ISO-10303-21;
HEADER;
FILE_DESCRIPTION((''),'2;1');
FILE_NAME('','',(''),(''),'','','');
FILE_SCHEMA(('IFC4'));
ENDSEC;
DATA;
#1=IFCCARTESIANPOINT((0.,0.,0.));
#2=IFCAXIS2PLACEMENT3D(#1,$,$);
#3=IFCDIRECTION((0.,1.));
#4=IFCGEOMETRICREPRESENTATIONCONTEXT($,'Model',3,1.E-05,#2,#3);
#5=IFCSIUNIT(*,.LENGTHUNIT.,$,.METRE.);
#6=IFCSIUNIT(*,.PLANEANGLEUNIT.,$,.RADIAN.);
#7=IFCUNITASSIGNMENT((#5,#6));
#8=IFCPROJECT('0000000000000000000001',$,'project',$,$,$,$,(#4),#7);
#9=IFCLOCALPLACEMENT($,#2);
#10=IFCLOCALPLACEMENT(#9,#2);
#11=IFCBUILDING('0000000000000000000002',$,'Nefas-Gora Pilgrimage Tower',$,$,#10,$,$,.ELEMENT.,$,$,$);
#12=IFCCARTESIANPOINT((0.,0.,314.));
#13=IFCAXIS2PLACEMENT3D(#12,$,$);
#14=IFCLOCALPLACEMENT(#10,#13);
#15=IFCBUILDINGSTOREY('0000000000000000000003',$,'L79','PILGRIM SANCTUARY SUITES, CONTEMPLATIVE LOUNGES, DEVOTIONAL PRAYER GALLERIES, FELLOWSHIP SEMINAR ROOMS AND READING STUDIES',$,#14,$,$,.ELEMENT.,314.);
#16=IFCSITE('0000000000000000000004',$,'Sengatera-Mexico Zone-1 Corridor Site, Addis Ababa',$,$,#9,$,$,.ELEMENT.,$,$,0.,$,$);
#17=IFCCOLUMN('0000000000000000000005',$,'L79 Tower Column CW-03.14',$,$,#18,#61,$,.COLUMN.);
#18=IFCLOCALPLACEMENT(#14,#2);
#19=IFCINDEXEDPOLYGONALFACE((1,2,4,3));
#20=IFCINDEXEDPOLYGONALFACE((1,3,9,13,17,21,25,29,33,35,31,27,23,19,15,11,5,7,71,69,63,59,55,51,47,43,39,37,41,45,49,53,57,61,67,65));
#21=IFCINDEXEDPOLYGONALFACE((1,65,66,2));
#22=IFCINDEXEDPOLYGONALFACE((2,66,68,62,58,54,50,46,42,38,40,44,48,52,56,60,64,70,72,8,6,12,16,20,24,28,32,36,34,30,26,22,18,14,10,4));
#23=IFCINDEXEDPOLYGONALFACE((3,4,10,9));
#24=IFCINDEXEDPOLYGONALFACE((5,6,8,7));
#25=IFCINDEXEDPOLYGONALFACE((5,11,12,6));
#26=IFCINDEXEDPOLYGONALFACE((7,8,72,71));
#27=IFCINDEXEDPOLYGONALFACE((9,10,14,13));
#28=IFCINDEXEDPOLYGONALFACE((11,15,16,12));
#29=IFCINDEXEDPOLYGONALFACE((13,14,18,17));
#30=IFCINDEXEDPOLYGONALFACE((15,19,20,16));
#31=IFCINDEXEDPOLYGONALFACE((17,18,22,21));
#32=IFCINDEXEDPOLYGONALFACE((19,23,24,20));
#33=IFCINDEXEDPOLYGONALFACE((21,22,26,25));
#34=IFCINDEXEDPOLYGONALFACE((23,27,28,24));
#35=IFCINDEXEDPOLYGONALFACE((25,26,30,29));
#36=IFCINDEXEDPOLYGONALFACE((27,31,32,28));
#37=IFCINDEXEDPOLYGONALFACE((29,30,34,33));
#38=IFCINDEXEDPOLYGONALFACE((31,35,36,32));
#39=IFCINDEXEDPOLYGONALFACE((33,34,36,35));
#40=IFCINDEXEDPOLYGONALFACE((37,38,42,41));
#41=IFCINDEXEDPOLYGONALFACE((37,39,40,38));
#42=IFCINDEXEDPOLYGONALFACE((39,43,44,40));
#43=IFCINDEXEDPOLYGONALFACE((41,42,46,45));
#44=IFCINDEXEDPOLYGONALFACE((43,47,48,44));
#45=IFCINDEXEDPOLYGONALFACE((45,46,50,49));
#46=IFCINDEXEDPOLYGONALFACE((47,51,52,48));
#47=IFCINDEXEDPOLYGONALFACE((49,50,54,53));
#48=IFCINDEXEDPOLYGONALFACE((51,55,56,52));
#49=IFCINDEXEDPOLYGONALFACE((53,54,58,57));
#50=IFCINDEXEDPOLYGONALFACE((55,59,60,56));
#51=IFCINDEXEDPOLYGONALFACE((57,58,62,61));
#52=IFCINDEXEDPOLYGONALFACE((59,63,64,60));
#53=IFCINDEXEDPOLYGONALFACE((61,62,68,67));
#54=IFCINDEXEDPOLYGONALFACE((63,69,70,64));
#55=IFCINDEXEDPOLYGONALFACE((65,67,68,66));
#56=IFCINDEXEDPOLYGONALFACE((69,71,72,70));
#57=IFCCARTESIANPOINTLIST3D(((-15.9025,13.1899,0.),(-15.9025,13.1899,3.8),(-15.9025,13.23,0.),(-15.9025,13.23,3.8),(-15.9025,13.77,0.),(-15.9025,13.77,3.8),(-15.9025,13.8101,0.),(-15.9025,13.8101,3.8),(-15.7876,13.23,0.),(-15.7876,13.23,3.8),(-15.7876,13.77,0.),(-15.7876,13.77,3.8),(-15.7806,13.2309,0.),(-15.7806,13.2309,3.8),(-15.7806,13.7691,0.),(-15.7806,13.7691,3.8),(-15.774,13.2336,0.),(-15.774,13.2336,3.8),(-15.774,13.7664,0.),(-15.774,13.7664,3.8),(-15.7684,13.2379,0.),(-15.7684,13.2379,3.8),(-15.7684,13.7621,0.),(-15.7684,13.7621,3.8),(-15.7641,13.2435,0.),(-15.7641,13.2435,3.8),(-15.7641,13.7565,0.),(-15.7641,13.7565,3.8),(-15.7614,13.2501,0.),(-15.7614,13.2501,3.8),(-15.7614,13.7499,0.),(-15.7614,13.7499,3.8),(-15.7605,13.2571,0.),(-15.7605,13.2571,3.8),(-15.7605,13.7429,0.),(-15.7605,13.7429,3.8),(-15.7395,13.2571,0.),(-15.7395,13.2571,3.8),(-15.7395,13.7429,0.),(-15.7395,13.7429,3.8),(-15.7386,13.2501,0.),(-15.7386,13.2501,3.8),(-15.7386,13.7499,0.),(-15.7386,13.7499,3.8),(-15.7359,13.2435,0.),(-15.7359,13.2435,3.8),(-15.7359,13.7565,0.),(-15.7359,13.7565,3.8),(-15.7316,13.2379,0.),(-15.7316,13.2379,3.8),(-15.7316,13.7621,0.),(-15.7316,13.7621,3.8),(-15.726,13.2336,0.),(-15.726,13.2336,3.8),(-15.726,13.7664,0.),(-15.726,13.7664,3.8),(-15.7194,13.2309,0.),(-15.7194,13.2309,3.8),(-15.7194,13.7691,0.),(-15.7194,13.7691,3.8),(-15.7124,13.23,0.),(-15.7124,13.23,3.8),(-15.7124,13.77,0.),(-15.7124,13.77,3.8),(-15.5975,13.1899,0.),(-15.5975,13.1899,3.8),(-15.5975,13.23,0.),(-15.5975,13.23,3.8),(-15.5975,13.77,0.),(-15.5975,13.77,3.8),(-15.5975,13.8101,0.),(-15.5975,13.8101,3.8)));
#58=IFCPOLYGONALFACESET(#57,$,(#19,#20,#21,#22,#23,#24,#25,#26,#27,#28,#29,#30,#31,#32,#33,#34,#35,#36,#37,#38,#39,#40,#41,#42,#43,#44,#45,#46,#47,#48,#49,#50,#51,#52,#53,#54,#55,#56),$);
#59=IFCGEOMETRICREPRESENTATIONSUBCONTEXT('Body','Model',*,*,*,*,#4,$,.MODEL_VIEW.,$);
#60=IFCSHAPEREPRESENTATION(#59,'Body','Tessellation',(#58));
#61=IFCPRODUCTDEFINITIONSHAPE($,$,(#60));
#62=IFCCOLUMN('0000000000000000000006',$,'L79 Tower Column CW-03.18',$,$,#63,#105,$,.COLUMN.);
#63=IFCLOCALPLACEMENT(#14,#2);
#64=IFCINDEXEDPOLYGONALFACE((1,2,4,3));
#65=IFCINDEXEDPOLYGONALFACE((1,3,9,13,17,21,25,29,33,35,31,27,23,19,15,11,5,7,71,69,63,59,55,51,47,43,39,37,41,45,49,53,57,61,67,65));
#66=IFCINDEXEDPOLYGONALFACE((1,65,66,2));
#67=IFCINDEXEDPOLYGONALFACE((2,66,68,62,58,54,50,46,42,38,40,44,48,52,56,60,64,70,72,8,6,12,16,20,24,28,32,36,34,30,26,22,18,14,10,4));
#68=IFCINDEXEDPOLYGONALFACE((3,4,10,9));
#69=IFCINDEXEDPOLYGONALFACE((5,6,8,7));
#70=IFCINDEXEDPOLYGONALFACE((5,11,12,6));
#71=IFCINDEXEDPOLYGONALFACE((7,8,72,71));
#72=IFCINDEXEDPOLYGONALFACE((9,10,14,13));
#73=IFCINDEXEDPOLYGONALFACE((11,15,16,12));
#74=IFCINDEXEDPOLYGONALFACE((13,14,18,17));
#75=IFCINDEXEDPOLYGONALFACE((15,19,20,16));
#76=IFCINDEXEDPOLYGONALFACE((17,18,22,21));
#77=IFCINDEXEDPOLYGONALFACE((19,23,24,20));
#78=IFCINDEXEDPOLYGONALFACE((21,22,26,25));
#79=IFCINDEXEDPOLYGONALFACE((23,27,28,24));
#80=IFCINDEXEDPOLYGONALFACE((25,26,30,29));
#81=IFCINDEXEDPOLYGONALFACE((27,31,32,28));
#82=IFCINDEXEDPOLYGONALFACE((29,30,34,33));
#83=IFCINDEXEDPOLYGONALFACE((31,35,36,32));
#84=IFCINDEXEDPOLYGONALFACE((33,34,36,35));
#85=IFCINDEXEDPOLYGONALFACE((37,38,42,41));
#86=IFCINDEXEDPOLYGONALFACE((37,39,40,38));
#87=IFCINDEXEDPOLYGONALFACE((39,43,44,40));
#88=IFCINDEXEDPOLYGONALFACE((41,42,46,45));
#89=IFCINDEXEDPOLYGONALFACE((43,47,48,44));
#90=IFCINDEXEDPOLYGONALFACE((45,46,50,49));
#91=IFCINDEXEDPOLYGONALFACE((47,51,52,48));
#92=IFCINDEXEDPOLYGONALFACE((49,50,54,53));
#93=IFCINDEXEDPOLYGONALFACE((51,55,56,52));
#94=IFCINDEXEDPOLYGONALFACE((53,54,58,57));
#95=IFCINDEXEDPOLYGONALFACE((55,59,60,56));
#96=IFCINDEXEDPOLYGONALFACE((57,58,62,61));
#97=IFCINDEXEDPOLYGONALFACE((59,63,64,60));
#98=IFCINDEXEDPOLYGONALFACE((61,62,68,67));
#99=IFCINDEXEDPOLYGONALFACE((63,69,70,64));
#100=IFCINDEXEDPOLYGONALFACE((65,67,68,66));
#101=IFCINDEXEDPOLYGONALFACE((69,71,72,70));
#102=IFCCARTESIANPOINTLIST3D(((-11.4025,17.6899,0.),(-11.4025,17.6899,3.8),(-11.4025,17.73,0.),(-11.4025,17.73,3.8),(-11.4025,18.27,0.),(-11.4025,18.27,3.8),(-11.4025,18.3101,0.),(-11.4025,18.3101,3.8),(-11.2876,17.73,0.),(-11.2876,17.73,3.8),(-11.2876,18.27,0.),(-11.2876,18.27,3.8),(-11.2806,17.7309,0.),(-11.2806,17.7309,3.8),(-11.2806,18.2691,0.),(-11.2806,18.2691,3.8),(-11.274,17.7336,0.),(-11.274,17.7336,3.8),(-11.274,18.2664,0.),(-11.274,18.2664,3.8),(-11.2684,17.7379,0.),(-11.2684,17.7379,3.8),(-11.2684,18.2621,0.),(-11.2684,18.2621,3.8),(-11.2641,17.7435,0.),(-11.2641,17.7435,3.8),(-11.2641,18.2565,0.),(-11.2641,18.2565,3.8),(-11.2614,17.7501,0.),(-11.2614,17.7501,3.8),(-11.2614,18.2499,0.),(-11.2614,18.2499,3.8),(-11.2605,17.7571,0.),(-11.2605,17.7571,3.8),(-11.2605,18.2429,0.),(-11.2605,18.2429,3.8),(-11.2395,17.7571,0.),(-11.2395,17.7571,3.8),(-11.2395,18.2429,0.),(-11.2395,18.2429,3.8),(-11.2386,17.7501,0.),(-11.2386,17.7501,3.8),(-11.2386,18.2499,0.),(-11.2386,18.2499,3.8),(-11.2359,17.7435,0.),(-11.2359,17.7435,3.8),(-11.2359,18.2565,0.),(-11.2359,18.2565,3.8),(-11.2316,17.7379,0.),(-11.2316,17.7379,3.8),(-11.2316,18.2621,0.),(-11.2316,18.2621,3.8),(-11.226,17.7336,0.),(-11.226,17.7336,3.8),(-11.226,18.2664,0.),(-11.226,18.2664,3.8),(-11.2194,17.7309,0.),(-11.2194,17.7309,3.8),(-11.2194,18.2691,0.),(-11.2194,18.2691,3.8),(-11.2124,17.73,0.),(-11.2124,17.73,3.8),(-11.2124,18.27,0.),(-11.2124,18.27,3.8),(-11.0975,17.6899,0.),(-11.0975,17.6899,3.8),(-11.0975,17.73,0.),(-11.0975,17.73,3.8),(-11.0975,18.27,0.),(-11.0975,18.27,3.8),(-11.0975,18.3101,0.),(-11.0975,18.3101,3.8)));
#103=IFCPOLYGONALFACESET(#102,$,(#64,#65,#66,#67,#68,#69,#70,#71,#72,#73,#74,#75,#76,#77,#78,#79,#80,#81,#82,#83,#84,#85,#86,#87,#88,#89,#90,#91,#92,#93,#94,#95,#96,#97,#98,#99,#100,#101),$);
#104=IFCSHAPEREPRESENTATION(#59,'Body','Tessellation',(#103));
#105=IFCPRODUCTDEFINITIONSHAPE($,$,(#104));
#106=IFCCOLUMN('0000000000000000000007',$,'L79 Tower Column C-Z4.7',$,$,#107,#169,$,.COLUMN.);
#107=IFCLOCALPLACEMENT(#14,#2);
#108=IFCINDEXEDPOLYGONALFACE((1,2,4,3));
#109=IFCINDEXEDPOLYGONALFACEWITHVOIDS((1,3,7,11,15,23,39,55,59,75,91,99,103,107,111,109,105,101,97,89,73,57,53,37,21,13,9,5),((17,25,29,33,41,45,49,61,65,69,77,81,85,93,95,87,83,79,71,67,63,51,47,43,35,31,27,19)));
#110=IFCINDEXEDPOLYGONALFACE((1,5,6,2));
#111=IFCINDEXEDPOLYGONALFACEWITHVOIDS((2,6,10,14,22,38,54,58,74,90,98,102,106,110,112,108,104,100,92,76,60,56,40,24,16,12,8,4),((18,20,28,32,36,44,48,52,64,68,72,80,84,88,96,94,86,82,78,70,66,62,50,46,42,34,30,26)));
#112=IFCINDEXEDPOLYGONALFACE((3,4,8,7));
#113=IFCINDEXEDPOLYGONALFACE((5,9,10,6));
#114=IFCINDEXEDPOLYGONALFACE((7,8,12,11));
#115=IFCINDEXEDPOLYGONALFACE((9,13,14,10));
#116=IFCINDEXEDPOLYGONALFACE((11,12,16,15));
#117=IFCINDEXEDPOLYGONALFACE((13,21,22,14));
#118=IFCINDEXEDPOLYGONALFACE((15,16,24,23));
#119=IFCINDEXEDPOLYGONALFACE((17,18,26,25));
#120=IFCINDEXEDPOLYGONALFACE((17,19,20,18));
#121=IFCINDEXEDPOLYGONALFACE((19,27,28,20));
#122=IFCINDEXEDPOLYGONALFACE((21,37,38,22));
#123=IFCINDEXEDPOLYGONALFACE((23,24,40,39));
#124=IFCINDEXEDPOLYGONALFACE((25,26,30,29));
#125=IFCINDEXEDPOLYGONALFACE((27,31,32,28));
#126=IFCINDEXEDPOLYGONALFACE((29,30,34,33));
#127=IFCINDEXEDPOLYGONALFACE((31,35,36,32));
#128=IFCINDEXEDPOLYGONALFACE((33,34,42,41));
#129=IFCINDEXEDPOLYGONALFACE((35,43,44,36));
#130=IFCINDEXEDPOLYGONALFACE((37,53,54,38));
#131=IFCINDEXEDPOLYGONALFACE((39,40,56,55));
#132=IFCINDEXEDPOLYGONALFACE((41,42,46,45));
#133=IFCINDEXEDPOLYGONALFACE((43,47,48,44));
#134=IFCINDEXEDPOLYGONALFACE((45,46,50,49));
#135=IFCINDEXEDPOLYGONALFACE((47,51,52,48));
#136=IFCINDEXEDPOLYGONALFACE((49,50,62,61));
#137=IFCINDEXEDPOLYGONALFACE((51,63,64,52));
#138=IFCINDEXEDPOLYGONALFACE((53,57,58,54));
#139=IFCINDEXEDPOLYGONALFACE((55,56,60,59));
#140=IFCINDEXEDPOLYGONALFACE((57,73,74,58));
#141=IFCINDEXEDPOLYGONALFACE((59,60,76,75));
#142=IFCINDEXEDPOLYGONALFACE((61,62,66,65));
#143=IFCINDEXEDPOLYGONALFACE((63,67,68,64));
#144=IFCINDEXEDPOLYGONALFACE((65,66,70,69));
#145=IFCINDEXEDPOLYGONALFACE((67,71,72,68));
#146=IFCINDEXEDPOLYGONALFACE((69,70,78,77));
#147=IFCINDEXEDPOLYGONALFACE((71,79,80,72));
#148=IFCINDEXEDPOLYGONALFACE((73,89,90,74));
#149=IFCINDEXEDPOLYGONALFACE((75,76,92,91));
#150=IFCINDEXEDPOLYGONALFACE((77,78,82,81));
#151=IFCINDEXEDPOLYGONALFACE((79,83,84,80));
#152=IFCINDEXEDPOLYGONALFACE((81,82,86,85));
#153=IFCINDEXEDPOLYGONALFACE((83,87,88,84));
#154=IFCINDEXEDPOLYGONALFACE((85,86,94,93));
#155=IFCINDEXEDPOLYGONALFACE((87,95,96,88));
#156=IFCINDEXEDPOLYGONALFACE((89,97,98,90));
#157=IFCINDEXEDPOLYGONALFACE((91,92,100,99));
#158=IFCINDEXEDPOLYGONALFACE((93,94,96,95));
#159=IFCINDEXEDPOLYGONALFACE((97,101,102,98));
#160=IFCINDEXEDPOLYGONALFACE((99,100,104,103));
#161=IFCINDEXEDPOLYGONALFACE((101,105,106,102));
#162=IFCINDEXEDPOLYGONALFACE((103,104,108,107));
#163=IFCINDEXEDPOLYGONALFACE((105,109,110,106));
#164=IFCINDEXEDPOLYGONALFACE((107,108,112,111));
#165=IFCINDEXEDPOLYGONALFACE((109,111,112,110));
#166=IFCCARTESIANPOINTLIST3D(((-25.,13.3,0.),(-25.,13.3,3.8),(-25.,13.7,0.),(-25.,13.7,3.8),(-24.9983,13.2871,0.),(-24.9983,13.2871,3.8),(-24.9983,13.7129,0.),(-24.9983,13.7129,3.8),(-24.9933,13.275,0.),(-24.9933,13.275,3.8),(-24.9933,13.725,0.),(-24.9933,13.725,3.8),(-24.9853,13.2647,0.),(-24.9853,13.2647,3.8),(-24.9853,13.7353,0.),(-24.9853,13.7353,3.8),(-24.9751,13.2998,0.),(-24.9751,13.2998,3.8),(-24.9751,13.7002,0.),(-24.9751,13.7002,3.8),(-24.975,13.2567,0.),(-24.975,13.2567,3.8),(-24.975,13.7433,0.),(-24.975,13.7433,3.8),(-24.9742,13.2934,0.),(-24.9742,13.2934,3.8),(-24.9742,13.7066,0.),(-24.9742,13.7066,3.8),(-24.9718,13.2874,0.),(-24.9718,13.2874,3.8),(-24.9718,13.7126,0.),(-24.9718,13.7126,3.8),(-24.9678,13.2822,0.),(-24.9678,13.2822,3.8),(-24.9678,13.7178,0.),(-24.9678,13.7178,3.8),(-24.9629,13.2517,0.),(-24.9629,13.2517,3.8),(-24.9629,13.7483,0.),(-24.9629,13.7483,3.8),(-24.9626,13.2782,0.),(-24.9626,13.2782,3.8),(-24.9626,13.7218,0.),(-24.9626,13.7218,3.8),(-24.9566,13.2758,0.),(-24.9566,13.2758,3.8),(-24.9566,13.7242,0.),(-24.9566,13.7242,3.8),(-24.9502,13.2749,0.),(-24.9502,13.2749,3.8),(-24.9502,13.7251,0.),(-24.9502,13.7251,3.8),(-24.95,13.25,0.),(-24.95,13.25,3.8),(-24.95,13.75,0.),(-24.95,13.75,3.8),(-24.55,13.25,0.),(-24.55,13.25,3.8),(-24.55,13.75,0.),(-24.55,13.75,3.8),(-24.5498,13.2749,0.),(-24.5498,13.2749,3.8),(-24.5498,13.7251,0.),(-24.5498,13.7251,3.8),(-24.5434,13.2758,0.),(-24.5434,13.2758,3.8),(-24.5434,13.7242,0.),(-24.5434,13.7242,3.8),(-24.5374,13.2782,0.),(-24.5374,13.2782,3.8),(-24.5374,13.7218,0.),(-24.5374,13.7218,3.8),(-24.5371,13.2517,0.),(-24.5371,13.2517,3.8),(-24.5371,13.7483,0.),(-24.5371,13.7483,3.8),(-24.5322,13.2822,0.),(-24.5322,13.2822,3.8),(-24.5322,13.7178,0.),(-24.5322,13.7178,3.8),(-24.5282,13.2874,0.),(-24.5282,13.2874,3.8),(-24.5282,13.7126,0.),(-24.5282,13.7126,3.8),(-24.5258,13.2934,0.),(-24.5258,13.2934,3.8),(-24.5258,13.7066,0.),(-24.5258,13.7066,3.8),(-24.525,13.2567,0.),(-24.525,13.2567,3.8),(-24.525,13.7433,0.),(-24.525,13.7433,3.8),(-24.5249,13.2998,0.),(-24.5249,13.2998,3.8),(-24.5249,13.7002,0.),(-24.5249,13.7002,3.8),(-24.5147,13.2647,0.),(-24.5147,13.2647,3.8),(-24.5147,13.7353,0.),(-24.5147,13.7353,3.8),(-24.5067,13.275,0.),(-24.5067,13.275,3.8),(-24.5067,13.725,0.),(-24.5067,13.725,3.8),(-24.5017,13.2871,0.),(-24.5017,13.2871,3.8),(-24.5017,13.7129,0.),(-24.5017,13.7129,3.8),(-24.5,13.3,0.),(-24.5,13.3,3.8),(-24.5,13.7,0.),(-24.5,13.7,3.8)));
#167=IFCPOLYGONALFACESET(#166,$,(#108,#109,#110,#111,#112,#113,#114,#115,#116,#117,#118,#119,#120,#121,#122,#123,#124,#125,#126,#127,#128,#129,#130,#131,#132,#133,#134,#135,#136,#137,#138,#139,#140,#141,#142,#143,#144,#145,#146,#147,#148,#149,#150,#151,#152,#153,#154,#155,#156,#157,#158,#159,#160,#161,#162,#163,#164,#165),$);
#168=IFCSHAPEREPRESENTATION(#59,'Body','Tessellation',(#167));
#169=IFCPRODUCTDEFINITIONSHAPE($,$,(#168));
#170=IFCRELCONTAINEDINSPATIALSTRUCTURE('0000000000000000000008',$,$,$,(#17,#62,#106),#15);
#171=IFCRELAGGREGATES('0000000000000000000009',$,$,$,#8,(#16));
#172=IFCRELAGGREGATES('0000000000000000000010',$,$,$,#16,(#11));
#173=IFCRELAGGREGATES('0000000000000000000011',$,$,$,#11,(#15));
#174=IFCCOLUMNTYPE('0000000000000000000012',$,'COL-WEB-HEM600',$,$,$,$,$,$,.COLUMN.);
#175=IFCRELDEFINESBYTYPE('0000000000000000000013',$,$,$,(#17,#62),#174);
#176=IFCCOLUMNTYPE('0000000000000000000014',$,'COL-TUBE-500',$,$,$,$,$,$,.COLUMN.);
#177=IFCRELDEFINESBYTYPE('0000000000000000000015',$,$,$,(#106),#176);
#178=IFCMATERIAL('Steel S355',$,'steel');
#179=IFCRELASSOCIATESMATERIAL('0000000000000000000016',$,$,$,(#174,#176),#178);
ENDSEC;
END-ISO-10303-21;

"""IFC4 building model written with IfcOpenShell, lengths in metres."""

from ifc_helpers import new_model, si_unit, direction, frame, origin, origin_2d, place, context, subcontext, project, spatial, hollow_rectangle, i_section, extrude, source, transform, mapped, material, material_profile, profile_set, type_object, element, save


model = new_model("IFC4")

# Units and contexts
model_context = context("Model", 3, precision=1e-05, world=origin(), true_north=direction((0.0, 1.0)))
body_context = subcontext(model_context, "Body", "Model", "MODEL_VIEW")
ifc_project = project(units=[si_unit("LENGTHUNIT", "METRE"), si_unit("PLANEANGLEUNIT", "RADIAN")], contexts=[model_context])

# Site, building, storey
site_placement = place(None, origin())
site = spatial("IfcSite", under=ifc_project, at=site_placement, Name="Sengatera-Mexico Zone-1 Corridor Site, Addis Ababa", CompositionType="ELEMENT", RefElevation=0.0)
building_placement = place(site_placement, origin())
building = spatial("IfcBuilding", under=site, at=building_placement, Name="Nefas-Gora Pilgrimage Tower", CompositionType="ELEMENT")
storey_placement = place(building_placement, frame((0.0, 0.0, 314.0)))
storey = spatial("IfcBuildingStorey", under=building, at=storey_placement, Name="L79", Description="PILGRIM SANCTUARY SUITES, CONTEMPLATIVE LOUNGES, DEVOTIONAL PRAYER GALLERIES, FELLOWSHIP SEMINAR ROOMS AND READING STUDIES", CompositionType="ELEMENT", Elevation=314.0)

# Columns
ifc_material_1 = material(Name="Steel S355", Category="steel")
ifc_material_profile_1 = material_profile(ifc_material_1, i_section(OverallWidth=0.3049, OverallDepth=0.6201, WebThickness=0.021, FlangeThickness=0.04, FilletRadius=0.0271, at=origin_2d()), Name="HEM 600")
ifc_profile_set_1 = profile_set([ifc_material_profile_1], Name="Steel S355")
column_type_1 = type_object("IfcColumnType", Name="COL-WEB-HEM600", PredefinedType="COLUMN", material=ifc_profile_set_1)
shared_shape_1 = source(origin(), body_context, "Body", "SweptSolid", [
    extrude(i_section(OverallWidth=0.3049, OverallDepth=0.6201, WebThickness=0.021, FlangeThickness=0.04, FilletRadius=0.0271, at=origin_2d()), origin(), (0.0, 0.0, 1.0), 3.8),
])
for number, where, z_axis, x_axis, name in (
    (1, (-15.75, 13.5, 0.0), (0.0, 0.0, 1.0), (1.0, 0.0, 0.0), "L79 Tower Column CW-03.14"),
    (2, (-11.25, 18.0, 0.0), (0.0, 0.0, 1.0), (1.0, 0.0, 0.0), "L79 Tower Column CW-03.18"),
):
    element("IfcColumn", number, at=place(storey_placement, frame(where, z_axis=z_axis, x_axis=x_axis)), inside=storey, type_object=column_type_1, Name=name, PredefinedType="COLUMN", context=body_context, shape_type="MappedRepresentation", body=[
        mapped(shared_shape_1, transform((0.0, 0.0, 0.0), x_axis=(1.0, 0.0, 0.0), y_axis=(0.0, 1.0, 0.0), z_axis=(0.0, 0.0, 1.0), scale=1.0)),
    ])
ifc_material_profile_2 = material_profile(ifc_material_1, hollow_rectangle(XDim=0.5, YDim=0.5, WallThickness=0.0249, InnerFilletRadius=0.0249, OuterFilletRadius=0.05, at=origin_2d()), Name="SHS 500x500x25")
ifc_profile_set_2 = profile_set([ifc_material_profile_2], Name="Steel S355")
column_type_2 = type_object("IfcColumnType", Name="COL-TUBE-500", PredefinedType="COLUMN", material=ifc_profile_set_2)
shared_shape_2 = source(origin(), body_context, "Body", "SweptSolid", [
    extrude(hollow_rectangle(XDim=0.5, YDim=0.5, WallThickness=0.0249, InnerFilletRadius=0.0249, OuterFilletRadius=0.05, at=origin_2d()), origin(), (0.0, 0.0, 1.0), 3.8),
])
column_placement = place(storey_placement, frame((-24.75, 13.5, 0.0), z_axis=(0.0, 0.0, 1.0), x_axis=(1.0, 0.0, 0.0)))
element("IfcColumn", 3, at=column_placement, inside=storey, type_object=column_type_2, Name="L79 Tower Column C-Z4.7", PredefinedType="COLUMN", context=body_context, shape_type="MappedRepresentation", body=[
    mapped(shared_shape_2, transform((0.0, 0.0, 0.0), x_axis=(1.0, 0.0, 0.0), y_axis=(0.0, 1.0, 0.0), z_axis=(0.0, 0.0, 1.0), scale=1.0)),
])

save(model, "model.ifc")
